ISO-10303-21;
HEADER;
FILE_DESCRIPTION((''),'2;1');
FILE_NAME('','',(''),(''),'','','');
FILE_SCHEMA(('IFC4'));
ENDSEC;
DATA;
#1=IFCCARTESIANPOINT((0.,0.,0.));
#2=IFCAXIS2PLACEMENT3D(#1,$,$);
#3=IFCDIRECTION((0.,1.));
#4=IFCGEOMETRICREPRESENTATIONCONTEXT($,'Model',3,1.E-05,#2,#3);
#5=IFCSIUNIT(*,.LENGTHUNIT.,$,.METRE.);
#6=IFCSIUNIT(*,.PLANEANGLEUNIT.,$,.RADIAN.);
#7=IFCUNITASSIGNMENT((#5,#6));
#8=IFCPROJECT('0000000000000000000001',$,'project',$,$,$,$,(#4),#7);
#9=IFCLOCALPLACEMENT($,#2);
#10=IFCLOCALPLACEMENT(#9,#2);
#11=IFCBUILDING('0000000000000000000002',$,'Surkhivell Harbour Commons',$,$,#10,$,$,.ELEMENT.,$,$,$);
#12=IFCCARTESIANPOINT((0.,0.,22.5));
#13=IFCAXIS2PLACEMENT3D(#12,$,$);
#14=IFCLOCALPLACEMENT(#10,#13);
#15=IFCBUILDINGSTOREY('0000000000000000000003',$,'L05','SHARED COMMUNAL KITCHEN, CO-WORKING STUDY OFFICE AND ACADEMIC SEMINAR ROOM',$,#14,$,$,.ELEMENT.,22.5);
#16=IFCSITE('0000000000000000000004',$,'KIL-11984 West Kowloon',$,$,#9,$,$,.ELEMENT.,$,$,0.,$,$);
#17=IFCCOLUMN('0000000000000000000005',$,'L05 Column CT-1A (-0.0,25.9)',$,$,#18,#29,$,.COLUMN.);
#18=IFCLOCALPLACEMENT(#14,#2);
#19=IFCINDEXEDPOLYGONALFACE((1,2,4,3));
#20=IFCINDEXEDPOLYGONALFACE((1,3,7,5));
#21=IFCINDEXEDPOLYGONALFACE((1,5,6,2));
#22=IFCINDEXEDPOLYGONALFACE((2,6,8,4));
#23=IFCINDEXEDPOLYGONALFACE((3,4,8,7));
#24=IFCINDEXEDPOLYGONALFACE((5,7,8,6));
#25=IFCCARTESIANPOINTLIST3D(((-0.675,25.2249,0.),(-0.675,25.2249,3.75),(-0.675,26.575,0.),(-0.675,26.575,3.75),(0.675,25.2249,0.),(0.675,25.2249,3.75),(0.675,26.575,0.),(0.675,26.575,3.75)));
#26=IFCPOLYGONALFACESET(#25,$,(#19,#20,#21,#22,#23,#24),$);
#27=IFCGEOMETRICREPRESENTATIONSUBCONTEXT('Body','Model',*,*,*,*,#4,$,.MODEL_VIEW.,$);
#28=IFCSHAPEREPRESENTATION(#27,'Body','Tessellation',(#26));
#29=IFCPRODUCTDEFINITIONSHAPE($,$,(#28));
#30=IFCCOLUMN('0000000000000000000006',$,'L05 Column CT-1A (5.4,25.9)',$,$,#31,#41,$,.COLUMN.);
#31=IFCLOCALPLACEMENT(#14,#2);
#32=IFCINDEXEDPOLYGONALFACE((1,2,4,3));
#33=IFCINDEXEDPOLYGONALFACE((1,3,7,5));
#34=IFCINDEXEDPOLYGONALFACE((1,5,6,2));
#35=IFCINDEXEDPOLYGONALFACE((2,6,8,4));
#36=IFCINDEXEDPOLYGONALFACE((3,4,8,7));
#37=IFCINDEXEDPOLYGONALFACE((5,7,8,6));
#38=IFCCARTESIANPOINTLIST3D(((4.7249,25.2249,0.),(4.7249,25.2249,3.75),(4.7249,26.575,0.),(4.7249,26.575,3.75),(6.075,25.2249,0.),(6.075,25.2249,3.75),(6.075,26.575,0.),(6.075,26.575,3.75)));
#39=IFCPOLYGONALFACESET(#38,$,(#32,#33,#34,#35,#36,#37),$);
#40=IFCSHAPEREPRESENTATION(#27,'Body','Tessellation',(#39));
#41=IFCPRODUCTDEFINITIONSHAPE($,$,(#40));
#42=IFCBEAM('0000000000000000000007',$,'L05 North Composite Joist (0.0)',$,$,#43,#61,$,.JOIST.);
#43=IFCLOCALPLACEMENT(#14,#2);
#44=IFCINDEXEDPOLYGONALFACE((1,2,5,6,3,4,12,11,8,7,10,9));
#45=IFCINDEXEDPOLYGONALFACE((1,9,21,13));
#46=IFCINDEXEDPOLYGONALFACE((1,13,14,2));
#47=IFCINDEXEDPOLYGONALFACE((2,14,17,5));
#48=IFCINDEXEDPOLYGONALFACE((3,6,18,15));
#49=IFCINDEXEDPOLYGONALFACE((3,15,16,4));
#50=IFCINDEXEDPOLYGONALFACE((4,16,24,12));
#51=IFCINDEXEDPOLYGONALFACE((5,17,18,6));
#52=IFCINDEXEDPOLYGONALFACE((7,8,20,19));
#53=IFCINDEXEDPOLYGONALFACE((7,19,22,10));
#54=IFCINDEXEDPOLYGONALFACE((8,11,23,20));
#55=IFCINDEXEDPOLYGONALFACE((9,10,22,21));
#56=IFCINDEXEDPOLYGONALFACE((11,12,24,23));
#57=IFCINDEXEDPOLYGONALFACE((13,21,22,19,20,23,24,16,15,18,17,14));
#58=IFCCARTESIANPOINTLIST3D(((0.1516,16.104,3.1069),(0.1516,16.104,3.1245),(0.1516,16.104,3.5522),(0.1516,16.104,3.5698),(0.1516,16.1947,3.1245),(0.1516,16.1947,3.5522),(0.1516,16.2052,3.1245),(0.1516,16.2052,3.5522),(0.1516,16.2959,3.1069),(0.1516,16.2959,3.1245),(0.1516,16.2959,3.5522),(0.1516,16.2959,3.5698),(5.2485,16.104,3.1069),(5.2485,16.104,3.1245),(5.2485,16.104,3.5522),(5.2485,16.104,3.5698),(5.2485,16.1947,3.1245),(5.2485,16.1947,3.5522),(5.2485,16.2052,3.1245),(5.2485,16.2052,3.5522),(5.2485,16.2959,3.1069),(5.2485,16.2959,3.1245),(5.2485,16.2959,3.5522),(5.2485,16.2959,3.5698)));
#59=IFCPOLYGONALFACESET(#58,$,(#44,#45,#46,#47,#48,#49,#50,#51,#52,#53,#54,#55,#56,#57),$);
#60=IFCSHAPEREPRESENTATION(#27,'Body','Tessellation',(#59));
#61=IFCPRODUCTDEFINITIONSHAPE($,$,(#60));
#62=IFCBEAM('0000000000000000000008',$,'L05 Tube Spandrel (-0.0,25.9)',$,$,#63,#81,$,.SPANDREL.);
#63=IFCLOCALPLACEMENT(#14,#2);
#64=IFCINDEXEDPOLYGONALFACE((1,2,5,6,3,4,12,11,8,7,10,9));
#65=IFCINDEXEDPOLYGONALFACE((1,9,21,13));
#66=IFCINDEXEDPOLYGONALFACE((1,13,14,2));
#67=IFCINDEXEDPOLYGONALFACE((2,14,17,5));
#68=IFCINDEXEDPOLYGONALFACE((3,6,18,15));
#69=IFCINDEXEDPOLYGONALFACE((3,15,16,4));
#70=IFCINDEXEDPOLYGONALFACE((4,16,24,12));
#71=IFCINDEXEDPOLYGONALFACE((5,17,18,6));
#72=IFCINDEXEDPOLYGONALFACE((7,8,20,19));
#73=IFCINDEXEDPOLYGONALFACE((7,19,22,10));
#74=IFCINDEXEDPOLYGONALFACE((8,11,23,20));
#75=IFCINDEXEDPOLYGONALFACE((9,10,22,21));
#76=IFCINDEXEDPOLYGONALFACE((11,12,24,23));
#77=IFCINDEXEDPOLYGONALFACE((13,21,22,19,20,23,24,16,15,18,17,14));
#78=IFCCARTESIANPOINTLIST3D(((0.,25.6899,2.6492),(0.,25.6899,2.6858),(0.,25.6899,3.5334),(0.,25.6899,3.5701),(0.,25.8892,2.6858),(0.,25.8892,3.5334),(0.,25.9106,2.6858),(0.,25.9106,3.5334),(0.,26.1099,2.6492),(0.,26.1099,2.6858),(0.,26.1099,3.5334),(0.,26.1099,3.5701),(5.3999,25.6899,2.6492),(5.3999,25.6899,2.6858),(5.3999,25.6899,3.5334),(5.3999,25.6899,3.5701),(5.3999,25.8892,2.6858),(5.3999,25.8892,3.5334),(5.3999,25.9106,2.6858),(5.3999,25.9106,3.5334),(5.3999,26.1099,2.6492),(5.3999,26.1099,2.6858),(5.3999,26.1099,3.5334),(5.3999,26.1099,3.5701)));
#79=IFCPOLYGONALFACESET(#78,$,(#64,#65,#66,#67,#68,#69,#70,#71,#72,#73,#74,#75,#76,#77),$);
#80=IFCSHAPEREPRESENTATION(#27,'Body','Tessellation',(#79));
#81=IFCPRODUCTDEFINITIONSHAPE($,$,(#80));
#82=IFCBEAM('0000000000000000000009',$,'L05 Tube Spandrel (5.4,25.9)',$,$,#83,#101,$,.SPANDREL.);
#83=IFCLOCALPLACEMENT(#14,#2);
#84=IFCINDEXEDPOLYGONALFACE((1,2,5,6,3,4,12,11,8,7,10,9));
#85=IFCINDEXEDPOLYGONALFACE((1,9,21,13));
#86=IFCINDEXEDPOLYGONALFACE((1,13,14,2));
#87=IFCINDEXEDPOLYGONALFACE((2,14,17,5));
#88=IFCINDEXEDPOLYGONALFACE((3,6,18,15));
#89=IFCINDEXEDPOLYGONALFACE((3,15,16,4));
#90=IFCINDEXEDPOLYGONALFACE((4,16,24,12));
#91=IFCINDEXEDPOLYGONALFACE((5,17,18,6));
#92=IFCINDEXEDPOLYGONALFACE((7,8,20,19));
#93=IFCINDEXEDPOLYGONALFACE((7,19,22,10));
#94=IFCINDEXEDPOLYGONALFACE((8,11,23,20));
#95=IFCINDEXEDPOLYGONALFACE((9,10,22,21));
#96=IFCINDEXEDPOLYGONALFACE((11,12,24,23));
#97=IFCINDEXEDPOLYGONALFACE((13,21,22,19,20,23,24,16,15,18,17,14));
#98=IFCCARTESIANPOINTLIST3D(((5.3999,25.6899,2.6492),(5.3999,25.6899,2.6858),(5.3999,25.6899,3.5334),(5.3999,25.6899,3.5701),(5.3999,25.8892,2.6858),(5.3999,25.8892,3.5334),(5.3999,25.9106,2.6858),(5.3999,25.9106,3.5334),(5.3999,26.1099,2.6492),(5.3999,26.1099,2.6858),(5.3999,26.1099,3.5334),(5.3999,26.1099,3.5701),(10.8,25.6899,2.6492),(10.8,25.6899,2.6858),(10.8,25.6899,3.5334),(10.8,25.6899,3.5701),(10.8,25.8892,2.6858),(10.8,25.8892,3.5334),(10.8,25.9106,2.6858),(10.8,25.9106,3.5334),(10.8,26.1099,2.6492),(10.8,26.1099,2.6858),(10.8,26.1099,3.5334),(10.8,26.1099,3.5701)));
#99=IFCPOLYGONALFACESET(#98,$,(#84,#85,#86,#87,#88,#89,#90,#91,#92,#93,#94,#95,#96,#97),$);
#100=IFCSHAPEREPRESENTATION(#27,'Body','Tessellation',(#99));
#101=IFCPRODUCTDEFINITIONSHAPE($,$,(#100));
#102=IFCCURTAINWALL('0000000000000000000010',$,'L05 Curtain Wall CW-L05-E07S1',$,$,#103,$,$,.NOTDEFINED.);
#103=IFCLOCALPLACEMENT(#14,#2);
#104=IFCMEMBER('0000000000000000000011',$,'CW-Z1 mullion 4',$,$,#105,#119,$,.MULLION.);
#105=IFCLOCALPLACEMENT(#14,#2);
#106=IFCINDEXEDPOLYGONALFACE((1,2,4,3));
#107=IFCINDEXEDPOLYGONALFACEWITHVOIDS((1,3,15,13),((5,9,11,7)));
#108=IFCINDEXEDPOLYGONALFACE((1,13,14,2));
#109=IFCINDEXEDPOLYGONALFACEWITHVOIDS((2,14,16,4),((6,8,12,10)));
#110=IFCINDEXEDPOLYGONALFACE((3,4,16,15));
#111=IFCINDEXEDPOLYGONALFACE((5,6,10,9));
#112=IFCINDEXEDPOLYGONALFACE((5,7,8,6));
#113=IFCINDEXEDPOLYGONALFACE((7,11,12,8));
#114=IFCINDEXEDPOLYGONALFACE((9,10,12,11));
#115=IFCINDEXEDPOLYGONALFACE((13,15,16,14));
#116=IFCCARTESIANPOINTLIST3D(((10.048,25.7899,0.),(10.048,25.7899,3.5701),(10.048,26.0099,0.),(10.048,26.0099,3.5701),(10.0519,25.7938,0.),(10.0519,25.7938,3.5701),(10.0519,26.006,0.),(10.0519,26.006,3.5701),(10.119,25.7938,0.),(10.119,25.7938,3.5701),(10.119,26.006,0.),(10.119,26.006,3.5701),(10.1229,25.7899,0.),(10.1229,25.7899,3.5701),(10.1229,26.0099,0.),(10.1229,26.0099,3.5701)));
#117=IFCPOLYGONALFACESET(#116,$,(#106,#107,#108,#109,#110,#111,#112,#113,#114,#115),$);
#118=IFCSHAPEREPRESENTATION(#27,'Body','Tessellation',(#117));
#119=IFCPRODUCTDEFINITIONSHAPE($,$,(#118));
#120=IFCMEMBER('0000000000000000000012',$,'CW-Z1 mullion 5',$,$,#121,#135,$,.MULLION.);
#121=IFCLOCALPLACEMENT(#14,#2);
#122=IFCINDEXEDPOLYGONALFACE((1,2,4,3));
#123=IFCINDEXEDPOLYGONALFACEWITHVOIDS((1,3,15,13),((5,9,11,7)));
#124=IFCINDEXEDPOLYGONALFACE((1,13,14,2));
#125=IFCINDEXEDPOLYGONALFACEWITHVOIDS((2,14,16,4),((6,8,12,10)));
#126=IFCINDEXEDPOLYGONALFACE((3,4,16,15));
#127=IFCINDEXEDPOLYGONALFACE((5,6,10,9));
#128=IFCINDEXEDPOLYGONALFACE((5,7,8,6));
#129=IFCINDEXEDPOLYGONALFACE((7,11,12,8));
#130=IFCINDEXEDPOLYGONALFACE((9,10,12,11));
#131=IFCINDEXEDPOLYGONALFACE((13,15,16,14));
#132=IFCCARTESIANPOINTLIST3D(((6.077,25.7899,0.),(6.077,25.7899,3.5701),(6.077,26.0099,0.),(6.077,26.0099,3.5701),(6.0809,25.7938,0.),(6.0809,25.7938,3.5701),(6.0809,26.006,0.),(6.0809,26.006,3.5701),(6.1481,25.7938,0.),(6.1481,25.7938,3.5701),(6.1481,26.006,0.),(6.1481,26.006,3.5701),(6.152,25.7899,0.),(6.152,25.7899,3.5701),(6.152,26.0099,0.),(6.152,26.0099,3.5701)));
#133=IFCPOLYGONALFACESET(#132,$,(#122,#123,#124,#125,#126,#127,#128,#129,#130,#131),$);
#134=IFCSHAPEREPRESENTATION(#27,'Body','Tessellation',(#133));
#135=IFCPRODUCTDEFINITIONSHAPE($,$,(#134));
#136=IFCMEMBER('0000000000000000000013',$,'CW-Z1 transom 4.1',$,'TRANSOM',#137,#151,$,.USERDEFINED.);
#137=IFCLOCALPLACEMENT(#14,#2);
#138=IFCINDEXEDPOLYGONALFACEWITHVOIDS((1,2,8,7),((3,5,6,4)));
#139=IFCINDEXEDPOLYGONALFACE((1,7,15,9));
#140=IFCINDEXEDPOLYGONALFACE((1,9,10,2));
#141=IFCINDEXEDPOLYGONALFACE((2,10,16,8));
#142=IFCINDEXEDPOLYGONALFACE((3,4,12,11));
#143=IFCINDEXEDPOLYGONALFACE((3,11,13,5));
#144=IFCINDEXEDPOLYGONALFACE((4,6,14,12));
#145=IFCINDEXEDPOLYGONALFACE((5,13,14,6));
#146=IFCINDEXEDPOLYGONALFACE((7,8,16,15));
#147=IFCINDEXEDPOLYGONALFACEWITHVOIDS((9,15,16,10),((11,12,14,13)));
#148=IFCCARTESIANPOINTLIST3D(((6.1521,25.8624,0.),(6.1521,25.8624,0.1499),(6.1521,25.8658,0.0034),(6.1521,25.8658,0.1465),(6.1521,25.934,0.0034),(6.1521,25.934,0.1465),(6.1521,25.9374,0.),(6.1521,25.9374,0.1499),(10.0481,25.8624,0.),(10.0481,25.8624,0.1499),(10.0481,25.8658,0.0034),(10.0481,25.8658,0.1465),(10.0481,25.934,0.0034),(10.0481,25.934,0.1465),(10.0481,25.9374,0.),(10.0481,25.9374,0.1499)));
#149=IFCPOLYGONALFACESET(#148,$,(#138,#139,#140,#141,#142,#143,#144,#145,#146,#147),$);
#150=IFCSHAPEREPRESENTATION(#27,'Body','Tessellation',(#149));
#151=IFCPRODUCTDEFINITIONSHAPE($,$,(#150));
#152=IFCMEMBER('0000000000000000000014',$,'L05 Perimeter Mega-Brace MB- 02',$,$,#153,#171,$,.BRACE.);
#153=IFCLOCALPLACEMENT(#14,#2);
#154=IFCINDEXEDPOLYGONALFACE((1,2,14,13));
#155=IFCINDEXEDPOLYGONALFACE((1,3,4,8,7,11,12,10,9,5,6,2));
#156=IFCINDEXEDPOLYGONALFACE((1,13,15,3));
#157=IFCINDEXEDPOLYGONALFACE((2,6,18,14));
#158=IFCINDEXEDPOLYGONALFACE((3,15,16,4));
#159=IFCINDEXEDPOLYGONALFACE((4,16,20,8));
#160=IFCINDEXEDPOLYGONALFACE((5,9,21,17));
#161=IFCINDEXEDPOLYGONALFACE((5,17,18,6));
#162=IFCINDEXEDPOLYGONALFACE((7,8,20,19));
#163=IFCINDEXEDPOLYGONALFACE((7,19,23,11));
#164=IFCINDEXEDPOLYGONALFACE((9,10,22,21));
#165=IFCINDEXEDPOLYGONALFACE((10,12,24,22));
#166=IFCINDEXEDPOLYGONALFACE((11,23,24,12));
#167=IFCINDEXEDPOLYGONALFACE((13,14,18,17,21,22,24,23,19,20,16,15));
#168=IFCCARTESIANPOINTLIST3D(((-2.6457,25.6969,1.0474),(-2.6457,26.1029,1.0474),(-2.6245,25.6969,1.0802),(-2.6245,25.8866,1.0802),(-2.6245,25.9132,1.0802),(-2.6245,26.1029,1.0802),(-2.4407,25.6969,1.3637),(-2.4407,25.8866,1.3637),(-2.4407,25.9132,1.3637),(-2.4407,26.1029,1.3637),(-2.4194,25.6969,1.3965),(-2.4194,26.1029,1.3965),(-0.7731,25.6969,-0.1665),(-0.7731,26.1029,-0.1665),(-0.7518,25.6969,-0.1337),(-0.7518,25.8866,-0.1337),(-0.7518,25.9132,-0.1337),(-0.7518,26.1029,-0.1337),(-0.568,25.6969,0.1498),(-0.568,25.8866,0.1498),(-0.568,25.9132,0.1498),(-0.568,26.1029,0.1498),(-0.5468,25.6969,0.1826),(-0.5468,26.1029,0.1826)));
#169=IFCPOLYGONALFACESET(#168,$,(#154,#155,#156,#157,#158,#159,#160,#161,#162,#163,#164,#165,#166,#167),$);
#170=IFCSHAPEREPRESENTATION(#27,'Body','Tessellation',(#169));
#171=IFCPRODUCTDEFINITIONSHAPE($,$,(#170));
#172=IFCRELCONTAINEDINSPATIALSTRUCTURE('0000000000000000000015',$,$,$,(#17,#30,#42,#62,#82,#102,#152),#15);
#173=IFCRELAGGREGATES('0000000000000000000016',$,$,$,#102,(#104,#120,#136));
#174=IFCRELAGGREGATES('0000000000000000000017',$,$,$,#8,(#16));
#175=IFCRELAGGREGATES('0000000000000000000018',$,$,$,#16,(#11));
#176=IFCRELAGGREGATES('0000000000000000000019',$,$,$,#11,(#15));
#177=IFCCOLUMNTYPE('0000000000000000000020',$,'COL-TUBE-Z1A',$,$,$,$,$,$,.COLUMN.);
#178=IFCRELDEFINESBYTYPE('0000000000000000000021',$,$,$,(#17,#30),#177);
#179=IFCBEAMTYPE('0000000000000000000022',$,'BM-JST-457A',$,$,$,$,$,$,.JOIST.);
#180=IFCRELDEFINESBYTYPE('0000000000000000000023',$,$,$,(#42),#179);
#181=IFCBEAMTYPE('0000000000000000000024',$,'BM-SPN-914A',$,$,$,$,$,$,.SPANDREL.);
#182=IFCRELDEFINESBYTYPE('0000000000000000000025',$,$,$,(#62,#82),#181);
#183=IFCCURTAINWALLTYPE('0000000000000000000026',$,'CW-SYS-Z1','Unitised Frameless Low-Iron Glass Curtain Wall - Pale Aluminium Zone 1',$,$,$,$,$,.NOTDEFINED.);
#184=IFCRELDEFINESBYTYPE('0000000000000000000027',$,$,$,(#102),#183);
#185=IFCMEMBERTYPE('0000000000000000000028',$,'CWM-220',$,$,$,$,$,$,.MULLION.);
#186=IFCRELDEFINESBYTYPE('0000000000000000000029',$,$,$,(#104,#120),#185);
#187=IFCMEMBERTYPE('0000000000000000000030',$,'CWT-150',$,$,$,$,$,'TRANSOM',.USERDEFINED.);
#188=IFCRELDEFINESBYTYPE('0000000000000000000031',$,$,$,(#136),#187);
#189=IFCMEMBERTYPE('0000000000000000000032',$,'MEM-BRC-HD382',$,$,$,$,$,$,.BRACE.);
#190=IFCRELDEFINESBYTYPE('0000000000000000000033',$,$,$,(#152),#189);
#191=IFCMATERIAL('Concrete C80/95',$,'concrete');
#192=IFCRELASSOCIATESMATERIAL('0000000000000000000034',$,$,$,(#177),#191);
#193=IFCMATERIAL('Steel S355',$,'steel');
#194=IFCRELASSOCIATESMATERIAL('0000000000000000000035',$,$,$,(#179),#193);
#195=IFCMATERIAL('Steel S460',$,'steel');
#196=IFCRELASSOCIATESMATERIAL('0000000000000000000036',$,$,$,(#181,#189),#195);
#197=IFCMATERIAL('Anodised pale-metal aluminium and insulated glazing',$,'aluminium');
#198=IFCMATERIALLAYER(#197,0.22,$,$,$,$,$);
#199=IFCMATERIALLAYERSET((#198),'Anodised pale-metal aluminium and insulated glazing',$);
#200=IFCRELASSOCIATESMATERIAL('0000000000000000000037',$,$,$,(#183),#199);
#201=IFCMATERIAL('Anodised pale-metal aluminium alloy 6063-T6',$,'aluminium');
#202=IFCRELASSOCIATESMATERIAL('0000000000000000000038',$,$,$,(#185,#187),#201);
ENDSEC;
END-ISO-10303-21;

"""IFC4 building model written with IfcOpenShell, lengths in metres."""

from ifc_helpers import new_model, si_unit, direction, frame, origin, origin_2d, place, context, subcontext, project, spatial, rectangle, hollow_rectangle, i_section, extrude, material, layer, layer_set, material_profile, profile_set, type_object, element, aggregate, save


model = new_model("IFC4")

# Units and contexts
model_context = context("Model", 3, precision=1e-05, world=origin(), true_north=direction((0.0, 1.0)))
body_context = subcontext(model_context, "Body", "Model", "MODEL_VIEW")
ifc_project = project(units=[si_unit("LENGTHUNIT", "METRE"), si_unit("PLANEANGLEUNIT", "RADIAN")], contexts=[model_context])

# Site, building, storey
site_placement = place(None, origin())
site = spatial("IfcSite", under=ifc_project, at=site_placement, Name="KIL-11984 West Kowloon", CompositionType="ELEMENT", RefElevation=0.0)
building_placement = place(site_placement, origin())
building = spatial("IfcBuilding", under=site, at=building_placement, Name="Surkhivell Harbour Commons", CompositionType="ELEMENT")
storey_placement = place(building_placement, frame((0.0, 0.0, 22.5)))
storey = spatial("IfcBuildingStorey", under=building, at=storey_placement, Name="L05", Description="SHARED COMMUNAL KITCHEN, CO-WORKING STUDY OFFICE AND ACADEMIC SEMINAR ROOM", CompositionType="ELEMENT", Elevation=22.5)

# Columns
ifc_material_1 = material(Name="Concrete C80/95", Category="concrete")
ifc_material_profile_1 = material_profile(ifc_material_1, rectangle(XDim=1.3501, YDim=1.3501, at=origin_2d()), Name="RC-COL-1350x1350")
ifc_profile_set_1 = profile_set([ifc_material_profile_1], Name="Concrete C80/95")
column_type = type_object("IfcColumnType", Name="COL-TUBE-Z1A", PredefinedType="COLUMN", material=ifc_profile_set_1)
for number, where, z_axis, x_axis, name in (
    (1, (0.0, 25.8999, 0.0), (0.0, 0.0, 1.0), (1.0, 0.0, 0.0), "L05 Column CT-1A (-0.0,25.9)"),
    (2, (5.3999, 25.8999, 0.0), (0.0, 0.0, 1.0), (1.0, 0.0, 0.0), "L05 Column CT-1A (5.4,25.9)"),
):
    element("IfcColumn", number, at=place(storey_placement, frame(where, z_axis=z_axis, x_axis=x_axis)), inside=storey, type_object=column_type, Name=name, PredefinedType="COLUMN", context=body_context, shape_type="SweptSolid", body=[
        extrude(rectangle(XDim=1.3501, YDim=1.3501, at=origin_2d()), origin(), (0.0, 0.0, 1.0), 3.75),
    ])

# Beams
ifc_material_2 = material(Name="Steel S355", Category="steel")
ifc_material_profile_2 = material_profile(ifc_material_2, i_section(OverallWidth=0.1919, OverallDepth=0.4629, WebThickness=0.0105, FlangeThickness=0.0176, at=origin_2d()), Name="UB457x191x89")
ifc_profile_set_2 = profile_set([ifc_material_profile_2], Name="Steel S355")
beam_type_1 = type_object("IfcBeamType", Name="BM-JST-457A", PredefinedType="JOIST", material=ifc_profile_set_2)
beam_1_placement = place(storey_placement, frame((0.1516, 16.2, 3.3384), z_axis=(1.0, 0.0, 0.0), x_axis=(0.0, 1.0, 0.0)))
element("IfcBeam", 3, at=beam_1_placement, inside=storey, type_object=beam_type_1, Name="L05 North Composite Joist (0.0)", PredefinedType="JOIST", context=body_context, shape_type="SweptSolid", body=[
    extrude(i_section(OverallWidth=0.1919, OverallDepth=0.4629, WebThickness=0.0105, FlangeThickness=0.0176, at=origin_2d()), origin(), (0.0, 0.0, 1.0), 5.0969),
])
ifc_material_3 = material(Name="Steel S460", Category="steel")
ifc_material_profile_3 = material_profile(ifc_material_3, i_section(OverallWidth=0.4199, OverallDepth=0.9209, WebThickness=0.0215, FlangeThickness=0.0366, at=origin_2d()), Name="UB914x419x388")
ifc_profile_set_3 = profile_set([ifc_material_profile_3], Name="Steel S460")
beam_type_2 = type_object("IfcBeamType", Name="BM-SPN-914A", PredefinedType="SPANDREL", material=ifc_profile_set_3)
beam_2_placement = place(storey_placement, frame((0.0, 25.8999, 3.1096), z_axis=(1.0, 0.0, 0.0), x_axis=(0.0, 1.0, 0.0)))
element("IfcBeam", 4, at=beam_2_placement, inside=storey, type_object=beam_type_2, Name="L05 Tube Spandrel (-0.0,25.9)", PredefinedType="SPANDREL", context=body_context, shape_type="SweptSolid", body=[
    extrude(i_section(OverallWidth=0.4199, OverallDepth=0.9209, WebThickness=0.0215, FlangeThickness=0.0366, at=origin_2d()), origin(), (0.0, 0.0, 1.0), 5.3999),
])
beam_3_placement = place(storey_placement, frame((5.3999, 25.8999, 3.1096), z_axis=(1.0, 0.0, 0.0), x_axis=(0.0, 1.0, 0.0)))
element("IfcBeam", 5, at=beam_3_placement, inside=storey, type_object=beam_type_2, Name="L05 Tube Spandrel (5.4,25.9)", PredefinedType="SPANDREL", context=body_context, shape_type="SweptSolid", body=[
    extrude(i_section(OverallWidth=0.4199, OverallDepth=0.9209, WebThickness=0.0215, FlangeThickness=0.0366, at=origin_2d()), origin(), (0.0, 0.0, 1.0), 5.4001),
])

# Curtain wall, members
ifc_material_4 = material(Name="Anodised pale-metal aluminium and insulated glazing", Category="aluminium")
ifc_layer_1 = layer(ifc_material_4, 0.22)
ifc_layer_set_1 = layer_set([ifc_layer_1], Name="Anodised pale-metal aluminium and insulated glazing")
curtain_wall_type = type_object("IfcCurtainWallType", Name="CW-SYS-Z1", Description="Unitised Frameless Low-Iron Glass Curtain Wall - Pale Aluminium Zone 1", PredefinedType="NOTDEFINED", material=ifc_layer_set_1)
curtain_wall_placement = place(storey_placement, origin())
curtain_wall = element("IfcCurtainWall", 6, at=curtain_wall_placement, inside=storey, type_object=curtain_wall_type, Name="L05 Curtain Wall CW-L05-E07S1", PredefinedType="NOTDEFINED")
ifc_material_5 = material(Name="Anodised pale-metal aluminium alloy 6063-T6", Category="aluminium")
ifc_material_profile_4 = material_profile(ifc_material_5, hollow_rectangle(XDim=0.075, YDim=0.22, WallThickness=0.0039, at=origin_2d()), Name="ALU-MULL-75x220")
ifc_profile_set_4 = profile_set([ifc_material_profile_4], Name="Anodised pale-metal aluminium alloy 6063-T6")
member_type_1 = type_object("IfcMemberType", Name="CWM-220", PredefinedType="MULLION", material=ifc_profile_set_4)
member_1_placement = place(storey_placement, frame((10.0854, 25.8999, 0.0), z_axis=(0.0, 0.0, 1.0), x_axis=(-1.0, 0.0, 0.0)))
member_1 = element("IfcMember", 7, at=member_1_placement, type_object=member_type_1, Name="CW-Z1 mullion 4", PredefinedType="MULLION", context=body_context, shape_type="SweptSolid", body=[
    extrude(hollow_rectangle(XDim=0.075, YDim=0.22, WallThickness=0.0039, at=origin_2d()), origin(), (0.0, 0.0, 1.0), 3.5701),
])
member_2_placement = place(storey_placement, frame((6.1145, 25.8999, 0.0), z_axis=(0.0, 0.0, 1.0), x_axis=(-1.0, 0.0, 0.0)))
member_2 = element("IfcMember", 8, at=member_2_placement, type_object=member_type_1, Name="CW-Z1 mullion 5", PredefinedType="MULLION", context=body_context, shape_type="SweptSolid", body=[
    extrude(hollow_rectangle(XDim=0.075, YDim=0.22, WallThickness=0.0039, at=origin_2d()), origin(), (0.0, 0.0, 1.0), 3.5701),
])
ifc_material_profile_5 = material_profile(ifc_material_5, hollow_rectangle(XDim=0.075, YDim=0.1499, WallThickness=0.0034, at=origin_2d()), Name="ALU-TRAN-75x150")
ifc_profile_set_5 = profile_set([ifc_material_profile_5], Name="Anodised pale-metal aluminium alloy 6063-T6")
member_type_2 = type_object("IfcMemberType", Name="CWT-150", ElementType="TRANSOM", PredefinedType="USERDEFINED", material=ifc_profile_set_5)
member_3_placement = place(storey_placement, frame((10.0481, 25.8999, 0.075), z_axis=(-1.0, 0.0, 0.0), x_axis=(0.0, -1.0, 0.0)))
member_3 = element("IfcMember", 9, at=member_3_placement, type_object=member_type_2, Name="CW-Z1 transom 4.1", ObjectType="TRANSOM", PredefinedType="USERDEFINED", context=body_context, shape_type="SweptSolid", body=[
    extrude(hollow_rectangle(XDim=0.075, YDim=0.1499, WallThickness=0.0034, at=origin_2d()), origin(), (0.0, 0.0, 1.0), 3.896),
])

# Member
ifc_material_profile_6 = material_profile(ifc_material_3, i_section(OverallWidth=0.406, OverallDepth=0.416, WebThickness=0.0266, FlangeThickness=0.0391, at=origin_2d()), Name="HD400x382")
ifc_profile_set_6 = profile_set([ifc_material_profile_6], Name="Steel S460")
member_type_3 = type_object("IfcMemberType", Name="MEM-BRC-HD382", PredefinedType="BRACE", material=ifc_profile_set_6)
member_4_placement = place(storey_placement, frame((-0.6599, 25.8999, 0.0081), z_axis=(-0.839118, 0.0, 0.54395), x_axis=(0.0, -1.0, 0.0)))
element("IfcMember", 10, at=member_4_placement, inside=storey, type_object=member_type_3, Name="L05 Perimeter Mega-Brace MB- 02", PredefinedType="BRACE", context=body_context, shape_type="SweptSolid", body=[
    extrude(i_section(OverallWidth=0.406, OverallDepth=0.416, WebThickness=0.0266, FlangeThickness=0.0391, at=origin_2d()), origin(), (0.0, 0.0, 1.0), 2.2317),
])

aggregate(curtain_wall, [member_1, member_2, member_3])

save(model, "model.ifc")
